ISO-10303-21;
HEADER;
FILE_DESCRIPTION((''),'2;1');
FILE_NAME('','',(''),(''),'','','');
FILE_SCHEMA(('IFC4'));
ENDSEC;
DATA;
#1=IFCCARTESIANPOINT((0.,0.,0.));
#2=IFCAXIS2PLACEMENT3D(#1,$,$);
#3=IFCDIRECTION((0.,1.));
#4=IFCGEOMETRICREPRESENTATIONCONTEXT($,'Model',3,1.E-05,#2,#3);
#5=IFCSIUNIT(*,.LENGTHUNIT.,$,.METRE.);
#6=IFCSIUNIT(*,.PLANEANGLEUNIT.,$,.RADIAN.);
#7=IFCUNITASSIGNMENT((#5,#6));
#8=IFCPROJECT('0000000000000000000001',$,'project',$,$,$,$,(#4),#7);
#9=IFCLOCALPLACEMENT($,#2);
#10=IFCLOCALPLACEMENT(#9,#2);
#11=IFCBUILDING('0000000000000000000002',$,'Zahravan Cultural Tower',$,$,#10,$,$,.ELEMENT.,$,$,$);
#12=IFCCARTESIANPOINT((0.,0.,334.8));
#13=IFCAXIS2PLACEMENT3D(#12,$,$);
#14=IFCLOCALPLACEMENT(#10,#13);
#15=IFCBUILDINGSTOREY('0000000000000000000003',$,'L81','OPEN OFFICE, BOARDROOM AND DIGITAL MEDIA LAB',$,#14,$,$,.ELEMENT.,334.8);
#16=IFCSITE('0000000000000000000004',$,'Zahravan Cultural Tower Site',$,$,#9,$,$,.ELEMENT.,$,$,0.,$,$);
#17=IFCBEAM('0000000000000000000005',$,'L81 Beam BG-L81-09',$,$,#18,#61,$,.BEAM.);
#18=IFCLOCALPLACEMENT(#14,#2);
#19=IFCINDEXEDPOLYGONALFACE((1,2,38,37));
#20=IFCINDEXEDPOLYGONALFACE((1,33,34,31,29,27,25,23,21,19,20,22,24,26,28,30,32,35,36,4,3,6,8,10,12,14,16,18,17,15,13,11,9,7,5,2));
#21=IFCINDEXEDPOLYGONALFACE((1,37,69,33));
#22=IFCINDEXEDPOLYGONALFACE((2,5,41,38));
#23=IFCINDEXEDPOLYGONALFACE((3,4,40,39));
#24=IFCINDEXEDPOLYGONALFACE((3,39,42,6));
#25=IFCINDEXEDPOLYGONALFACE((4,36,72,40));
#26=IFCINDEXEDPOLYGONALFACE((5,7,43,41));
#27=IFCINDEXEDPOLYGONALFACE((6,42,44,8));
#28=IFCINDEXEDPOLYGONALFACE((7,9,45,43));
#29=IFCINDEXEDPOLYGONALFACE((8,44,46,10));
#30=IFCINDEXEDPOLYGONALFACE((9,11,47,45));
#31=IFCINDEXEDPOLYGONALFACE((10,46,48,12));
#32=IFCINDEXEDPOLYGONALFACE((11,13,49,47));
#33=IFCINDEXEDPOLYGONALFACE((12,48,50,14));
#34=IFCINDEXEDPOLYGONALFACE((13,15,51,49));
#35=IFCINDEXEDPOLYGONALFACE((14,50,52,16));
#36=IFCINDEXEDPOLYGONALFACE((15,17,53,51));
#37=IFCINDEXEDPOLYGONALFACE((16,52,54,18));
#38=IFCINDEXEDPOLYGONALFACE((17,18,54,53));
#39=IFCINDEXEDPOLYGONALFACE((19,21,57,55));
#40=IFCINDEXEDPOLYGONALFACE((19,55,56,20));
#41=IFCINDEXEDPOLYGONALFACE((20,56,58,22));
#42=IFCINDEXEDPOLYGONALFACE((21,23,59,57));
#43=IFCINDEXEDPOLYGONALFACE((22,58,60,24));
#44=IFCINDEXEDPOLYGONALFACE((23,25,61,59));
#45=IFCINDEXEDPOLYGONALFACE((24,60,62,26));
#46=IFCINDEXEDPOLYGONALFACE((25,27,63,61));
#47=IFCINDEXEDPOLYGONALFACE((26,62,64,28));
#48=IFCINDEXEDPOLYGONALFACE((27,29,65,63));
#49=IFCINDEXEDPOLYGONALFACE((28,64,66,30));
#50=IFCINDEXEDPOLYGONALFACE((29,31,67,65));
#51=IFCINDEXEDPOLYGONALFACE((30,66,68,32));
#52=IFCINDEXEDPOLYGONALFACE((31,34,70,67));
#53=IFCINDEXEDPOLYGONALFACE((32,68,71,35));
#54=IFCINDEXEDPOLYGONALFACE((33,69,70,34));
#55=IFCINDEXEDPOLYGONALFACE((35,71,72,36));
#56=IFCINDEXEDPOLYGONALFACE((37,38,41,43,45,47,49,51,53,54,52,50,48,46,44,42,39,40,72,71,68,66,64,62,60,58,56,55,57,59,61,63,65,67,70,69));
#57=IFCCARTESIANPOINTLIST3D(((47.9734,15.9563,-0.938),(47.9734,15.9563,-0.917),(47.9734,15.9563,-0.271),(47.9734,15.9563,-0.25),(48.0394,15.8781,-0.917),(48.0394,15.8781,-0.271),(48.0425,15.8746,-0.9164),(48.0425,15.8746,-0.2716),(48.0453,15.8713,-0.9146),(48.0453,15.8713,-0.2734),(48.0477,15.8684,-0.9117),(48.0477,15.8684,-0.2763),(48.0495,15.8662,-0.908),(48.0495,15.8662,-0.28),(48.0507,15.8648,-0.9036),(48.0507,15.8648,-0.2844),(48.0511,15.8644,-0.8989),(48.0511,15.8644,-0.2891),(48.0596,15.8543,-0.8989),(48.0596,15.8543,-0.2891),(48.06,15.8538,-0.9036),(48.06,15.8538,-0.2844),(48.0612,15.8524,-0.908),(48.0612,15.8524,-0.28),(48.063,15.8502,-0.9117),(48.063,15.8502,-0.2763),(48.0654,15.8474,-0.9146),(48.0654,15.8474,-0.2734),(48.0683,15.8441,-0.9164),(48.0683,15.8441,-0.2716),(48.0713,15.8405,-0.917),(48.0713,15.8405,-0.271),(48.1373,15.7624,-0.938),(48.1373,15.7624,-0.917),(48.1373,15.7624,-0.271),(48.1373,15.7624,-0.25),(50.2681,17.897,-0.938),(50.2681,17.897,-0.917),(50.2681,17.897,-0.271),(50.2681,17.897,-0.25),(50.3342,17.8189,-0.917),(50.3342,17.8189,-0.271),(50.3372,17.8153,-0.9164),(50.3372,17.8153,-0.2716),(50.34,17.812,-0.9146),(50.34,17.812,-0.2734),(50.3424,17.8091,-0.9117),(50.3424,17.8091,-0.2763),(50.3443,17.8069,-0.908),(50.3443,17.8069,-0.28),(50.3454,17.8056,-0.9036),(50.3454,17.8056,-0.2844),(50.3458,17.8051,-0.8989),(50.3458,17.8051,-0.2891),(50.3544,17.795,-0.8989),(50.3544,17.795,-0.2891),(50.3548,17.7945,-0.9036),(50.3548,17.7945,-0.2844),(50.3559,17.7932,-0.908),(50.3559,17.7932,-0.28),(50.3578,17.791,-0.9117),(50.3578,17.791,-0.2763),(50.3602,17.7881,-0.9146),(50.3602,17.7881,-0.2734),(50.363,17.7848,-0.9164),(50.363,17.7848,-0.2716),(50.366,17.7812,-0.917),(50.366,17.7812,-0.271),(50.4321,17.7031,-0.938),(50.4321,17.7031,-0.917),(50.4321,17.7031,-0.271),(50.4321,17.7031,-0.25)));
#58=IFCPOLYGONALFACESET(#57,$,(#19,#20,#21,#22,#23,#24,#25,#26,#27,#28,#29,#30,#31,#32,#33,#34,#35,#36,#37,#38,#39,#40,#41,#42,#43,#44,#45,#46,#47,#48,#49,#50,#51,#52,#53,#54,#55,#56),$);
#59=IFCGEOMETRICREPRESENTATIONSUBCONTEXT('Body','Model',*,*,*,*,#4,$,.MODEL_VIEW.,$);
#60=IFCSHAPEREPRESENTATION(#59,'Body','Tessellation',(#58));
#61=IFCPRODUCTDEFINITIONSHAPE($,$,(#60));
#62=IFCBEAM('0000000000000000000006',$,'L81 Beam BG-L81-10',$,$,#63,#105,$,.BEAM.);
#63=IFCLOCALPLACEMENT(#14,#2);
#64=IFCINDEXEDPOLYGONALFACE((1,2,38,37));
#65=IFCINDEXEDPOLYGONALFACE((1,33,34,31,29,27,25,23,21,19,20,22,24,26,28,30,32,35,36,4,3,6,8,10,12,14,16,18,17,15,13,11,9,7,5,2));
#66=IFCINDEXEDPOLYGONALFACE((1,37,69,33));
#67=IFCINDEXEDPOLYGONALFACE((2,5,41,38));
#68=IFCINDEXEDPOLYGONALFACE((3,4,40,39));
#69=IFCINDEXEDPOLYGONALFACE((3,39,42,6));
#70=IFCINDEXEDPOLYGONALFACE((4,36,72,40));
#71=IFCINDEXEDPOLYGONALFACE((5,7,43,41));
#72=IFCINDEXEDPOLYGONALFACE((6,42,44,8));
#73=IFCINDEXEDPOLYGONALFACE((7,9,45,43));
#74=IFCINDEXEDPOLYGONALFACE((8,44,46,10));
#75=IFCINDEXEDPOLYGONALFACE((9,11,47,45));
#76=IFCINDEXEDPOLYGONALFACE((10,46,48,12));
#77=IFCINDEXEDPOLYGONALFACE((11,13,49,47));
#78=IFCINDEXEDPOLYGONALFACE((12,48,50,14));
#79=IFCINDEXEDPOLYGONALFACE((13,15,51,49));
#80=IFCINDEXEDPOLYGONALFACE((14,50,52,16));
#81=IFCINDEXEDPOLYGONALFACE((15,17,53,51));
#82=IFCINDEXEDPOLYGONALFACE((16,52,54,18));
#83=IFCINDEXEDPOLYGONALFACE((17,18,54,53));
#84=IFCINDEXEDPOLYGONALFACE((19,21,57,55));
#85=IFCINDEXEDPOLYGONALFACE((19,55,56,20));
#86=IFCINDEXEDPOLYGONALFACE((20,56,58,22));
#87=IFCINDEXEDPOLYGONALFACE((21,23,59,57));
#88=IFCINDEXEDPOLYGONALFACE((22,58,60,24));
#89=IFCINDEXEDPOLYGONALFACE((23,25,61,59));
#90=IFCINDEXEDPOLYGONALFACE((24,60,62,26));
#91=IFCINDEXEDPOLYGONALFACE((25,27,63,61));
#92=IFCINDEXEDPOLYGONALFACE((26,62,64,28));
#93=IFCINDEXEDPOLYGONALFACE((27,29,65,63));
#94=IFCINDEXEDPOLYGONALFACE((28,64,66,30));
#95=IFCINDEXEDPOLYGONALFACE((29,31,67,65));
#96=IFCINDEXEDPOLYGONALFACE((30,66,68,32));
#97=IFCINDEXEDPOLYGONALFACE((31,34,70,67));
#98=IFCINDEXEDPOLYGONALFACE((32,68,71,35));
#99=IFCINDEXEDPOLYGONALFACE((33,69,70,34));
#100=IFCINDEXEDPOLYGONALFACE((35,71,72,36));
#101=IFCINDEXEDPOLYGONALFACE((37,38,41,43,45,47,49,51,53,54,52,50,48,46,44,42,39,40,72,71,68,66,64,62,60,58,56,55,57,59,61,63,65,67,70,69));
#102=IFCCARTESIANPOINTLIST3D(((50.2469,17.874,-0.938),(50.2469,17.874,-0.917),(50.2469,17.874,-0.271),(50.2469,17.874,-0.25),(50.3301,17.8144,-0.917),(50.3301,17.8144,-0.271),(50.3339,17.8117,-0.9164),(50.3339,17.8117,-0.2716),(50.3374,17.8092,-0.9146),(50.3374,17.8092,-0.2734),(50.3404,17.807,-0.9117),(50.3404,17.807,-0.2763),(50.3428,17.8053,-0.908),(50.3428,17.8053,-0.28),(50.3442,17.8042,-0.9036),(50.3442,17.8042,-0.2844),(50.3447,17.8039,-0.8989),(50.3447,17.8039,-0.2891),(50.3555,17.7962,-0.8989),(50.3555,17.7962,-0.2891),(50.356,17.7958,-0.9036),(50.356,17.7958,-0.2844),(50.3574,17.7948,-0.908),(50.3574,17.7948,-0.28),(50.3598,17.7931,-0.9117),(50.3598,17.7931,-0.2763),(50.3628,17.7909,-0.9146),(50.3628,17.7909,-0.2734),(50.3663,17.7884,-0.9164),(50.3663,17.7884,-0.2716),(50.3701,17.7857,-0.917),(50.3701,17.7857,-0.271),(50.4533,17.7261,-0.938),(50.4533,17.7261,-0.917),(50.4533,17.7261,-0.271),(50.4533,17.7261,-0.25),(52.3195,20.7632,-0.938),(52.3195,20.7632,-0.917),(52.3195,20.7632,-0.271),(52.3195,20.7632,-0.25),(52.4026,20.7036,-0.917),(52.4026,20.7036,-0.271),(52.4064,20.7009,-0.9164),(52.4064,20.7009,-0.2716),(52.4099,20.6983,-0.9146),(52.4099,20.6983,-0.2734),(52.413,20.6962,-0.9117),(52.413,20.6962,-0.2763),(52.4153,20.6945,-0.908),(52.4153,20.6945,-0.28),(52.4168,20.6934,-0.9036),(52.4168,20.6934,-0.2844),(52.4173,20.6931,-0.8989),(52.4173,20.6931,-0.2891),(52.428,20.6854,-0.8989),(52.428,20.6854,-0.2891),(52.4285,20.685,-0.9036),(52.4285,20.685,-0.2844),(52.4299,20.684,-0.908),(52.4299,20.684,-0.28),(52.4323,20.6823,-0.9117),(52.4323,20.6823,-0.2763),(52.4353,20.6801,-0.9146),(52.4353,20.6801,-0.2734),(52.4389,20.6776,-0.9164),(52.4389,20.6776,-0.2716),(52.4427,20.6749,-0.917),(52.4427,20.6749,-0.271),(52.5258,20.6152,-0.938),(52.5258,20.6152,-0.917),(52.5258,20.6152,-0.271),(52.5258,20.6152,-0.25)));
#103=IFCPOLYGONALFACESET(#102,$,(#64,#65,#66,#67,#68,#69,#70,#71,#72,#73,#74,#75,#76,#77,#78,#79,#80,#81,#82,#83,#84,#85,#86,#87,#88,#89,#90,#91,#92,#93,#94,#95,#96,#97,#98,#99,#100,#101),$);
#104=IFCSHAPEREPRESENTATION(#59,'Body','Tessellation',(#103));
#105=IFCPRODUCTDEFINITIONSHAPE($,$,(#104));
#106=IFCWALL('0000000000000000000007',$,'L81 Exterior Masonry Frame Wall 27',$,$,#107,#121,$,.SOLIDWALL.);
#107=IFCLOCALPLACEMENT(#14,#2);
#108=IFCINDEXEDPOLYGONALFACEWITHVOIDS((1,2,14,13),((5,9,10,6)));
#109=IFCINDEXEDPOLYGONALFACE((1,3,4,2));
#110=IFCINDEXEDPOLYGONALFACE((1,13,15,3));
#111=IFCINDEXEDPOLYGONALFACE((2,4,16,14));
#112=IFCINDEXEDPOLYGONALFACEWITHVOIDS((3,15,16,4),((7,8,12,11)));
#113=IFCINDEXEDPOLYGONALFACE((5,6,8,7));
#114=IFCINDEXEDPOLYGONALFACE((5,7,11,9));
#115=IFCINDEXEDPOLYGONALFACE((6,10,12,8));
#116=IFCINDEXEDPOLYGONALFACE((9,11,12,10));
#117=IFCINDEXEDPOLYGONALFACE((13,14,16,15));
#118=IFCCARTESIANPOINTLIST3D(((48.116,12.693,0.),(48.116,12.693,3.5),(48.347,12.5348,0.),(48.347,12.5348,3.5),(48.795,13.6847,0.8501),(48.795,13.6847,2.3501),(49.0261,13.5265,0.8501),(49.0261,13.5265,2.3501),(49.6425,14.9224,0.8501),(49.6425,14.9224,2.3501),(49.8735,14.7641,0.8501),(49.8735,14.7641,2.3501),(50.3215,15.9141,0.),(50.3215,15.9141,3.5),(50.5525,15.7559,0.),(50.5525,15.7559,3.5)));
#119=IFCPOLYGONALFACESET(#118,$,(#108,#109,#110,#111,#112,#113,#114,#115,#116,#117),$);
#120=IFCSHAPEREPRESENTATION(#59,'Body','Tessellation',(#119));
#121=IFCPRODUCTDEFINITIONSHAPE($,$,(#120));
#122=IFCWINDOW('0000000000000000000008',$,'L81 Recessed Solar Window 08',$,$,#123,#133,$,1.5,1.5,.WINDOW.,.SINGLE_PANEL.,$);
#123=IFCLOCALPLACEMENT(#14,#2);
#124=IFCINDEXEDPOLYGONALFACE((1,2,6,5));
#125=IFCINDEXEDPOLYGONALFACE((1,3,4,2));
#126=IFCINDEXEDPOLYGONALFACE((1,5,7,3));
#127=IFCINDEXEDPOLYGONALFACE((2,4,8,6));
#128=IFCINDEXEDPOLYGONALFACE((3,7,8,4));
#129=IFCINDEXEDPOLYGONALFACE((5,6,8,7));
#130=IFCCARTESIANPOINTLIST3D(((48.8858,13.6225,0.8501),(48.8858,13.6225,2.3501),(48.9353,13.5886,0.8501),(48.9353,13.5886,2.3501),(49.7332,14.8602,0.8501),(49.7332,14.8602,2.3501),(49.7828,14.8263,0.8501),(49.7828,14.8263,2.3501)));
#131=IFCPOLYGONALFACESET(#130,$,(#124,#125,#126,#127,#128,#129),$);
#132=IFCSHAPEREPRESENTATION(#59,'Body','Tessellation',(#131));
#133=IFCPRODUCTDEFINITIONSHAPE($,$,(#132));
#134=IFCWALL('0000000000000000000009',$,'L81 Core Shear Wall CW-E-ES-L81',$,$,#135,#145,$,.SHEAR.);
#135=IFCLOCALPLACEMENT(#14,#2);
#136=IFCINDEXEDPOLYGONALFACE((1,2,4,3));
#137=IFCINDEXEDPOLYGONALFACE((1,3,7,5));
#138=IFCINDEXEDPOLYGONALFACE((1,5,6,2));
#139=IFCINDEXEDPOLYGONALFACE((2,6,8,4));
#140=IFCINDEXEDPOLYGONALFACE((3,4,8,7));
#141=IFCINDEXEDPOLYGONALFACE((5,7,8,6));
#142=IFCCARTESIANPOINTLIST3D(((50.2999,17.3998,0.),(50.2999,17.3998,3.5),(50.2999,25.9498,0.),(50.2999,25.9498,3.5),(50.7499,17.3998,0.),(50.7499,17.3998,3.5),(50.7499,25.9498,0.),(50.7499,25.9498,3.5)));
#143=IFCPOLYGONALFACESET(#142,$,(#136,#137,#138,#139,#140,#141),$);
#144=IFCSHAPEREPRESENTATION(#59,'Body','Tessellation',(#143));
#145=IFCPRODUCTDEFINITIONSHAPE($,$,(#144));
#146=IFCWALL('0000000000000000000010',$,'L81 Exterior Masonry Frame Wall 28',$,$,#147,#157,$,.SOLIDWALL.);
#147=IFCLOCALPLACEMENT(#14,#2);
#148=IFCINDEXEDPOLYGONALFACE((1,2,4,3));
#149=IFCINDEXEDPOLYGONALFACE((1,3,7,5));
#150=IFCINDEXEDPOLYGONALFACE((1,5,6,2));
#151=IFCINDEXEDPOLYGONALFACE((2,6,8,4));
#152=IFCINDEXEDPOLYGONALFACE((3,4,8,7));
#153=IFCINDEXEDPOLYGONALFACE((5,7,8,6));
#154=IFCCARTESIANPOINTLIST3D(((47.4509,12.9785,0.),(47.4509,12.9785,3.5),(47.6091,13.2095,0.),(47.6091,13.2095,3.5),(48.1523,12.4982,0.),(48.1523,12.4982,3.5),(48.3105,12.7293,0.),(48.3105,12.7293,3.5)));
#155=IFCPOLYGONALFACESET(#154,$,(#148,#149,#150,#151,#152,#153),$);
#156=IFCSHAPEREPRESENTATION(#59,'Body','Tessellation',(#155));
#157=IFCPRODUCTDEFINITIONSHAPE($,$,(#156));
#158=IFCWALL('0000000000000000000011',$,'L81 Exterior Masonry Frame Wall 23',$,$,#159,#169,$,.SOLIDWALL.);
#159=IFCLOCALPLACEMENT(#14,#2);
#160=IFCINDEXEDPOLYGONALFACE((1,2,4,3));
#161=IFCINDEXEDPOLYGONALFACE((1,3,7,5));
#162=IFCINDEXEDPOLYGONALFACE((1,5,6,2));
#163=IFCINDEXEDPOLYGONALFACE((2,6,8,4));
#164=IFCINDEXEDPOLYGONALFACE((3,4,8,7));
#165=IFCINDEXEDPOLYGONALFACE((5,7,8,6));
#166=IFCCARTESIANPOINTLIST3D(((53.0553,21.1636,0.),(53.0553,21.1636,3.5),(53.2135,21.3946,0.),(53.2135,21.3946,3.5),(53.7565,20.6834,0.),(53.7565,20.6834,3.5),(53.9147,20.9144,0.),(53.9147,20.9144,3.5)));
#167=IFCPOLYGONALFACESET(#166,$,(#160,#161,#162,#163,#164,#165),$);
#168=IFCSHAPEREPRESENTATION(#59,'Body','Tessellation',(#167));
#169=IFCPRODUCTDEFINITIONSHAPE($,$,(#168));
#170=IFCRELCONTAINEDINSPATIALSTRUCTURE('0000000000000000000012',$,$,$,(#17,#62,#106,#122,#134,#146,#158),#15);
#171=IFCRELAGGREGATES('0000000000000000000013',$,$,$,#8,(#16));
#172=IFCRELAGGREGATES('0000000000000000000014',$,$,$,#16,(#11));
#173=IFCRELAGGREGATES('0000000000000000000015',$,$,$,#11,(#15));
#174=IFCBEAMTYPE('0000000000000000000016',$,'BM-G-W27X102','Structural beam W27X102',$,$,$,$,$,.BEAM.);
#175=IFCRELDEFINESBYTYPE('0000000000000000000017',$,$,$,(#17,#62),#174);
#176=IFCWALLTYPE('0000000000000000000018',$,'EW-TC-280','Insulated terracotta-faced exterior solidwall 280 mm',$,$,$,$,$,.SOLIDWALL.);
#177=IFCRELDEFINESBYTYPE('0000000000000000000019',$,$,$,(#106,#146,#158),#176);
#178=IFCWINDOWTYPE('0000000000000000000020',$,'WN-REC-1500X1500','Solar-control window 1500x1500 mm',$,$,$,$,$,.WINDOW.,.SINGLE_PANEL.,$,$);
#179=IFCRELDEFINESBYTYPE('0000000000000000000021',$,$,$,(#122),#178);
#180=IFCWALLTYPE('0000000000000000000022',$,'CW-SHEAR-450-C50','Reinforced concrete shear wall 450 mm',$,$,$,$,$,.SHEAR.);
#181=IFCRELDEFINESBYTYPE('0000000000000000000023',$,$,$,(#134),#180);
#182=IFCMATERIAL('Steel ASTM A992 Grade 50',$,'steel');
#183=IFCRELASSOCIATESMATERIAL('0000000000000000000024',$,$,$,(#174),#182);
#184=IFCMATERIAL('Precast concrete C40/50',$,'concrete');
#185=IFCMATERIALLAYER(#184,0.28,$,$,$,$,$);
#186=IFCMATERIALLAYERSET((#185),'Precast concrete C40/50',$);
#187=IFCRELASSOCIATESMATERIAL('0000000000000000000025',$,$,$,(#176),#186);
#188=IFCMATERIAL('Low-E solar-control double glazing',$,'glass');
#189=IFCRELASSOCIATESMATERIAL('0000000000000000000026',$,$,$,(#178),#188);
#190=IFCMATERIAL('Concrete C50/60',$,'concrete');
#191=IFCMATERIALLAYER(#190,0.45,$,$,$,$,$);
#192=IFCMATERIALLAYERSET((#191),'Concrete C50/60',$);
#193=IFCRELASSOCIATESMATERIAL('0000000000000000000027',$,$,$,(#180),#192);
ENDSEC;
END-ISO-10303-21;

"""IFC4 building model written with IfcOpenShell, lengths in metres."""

from ifc_helpers import new_model, si_unit, direction, frame, frame_2d, origin, origin_2d, place, context, subcontext, project, spatial, rectangle, i_section, extrude, source, transform, mapped, material, layer, layer_set, material_profile, profile_set, type_object, element, fill, save


model = new_model("IFC4")

# Units and contexts
model_context = context("Model", 3, precision=1e-05, world=origin(), true_north=direction((0.0, 1.0)))
body_context = subcontext(model_context, "Body", "Model", "MODEL_VIEW")
ifc_project = project(units=[si_unit("LENGTHUNIT", "METRE"), si_unit("PLANEANGLEUNIT", "RADIAN")], contexts=[model_context])

# Site, building, storey
site_placement = place(None, origin())
site = spatial("IfcSite", under=ifc_project, at=site_placement, Name="Zahravan Cultural Tower Site", CompositionType="ELEMENT", RefElevation=0.0)
building_placement = place(site_placement, origin())
building = spatial("IfcBuilding", under=site, at=building_placement, Name="Zahravan Cultural Tower", CompositionType="ELEMENT")
storey_placement = place(building_placement, frame((0.0, 0.0, 334.8)))
storey = spatial("IfcBuildingStorey", under=building, at=storey_placement, Name="L81", Description="OPEN OFFICE, BOARDROOM AND DIGITAL MEDIA LAB", CompositionType="ELEMENT", Elevation=334.8)

# Shared definitions
ifc_material_1 = material(Name="Concrete C50/60", Category="concrete")
ifc_material_2 = material(Name="Steel ASTM A992 Grade 50", Category="steel")

# Beams
ifc_material_profile_1 = material_profile(ifc_material_2, i_section(OverallWidth=0.2539, OverallDepth=0.688, WebThickness=0.0132, FlangeThickness=0.021, FilletRadius=0.0181, at=origin_2d()), Name="W27X102")
ifc_profile_set_1 = profile_set([ifc_material_profile_1], Name="Steel ASTM A992 Grade 50")
beam_type_1 = type_object("IfcBeamType", Name="BM-G-W27X102", Description="Structural beam W27X102", PredefinedType="BEAM", material=ifc_profile_set_1)
shared_shape_1 = source(origin(), body_context, "Body", "SweptSolid", [
    extrude(i_section(OverallWidth=0.2539, OverallDepth=0.688, WebThickness=0.0132, FlangeThickness=0.021, FilletRadius=0.0181, at=origin_2d()), origin(), (0.0, 0.0, 1.0), 3.0054),
])
beam_1_placement = place(storey_placement, frame((50.3501, 17.8, -0.594), z_axis=(-0.763546, -0.645753, 0.0), x_axis=(0.645753, -0.763546, 0.0)))
element("IfcBeam", 1, at=beam_1_placement, inside=storey, type_object=beam_type_1, Name="L81 Beam BG-L81-09", PredefinedType="BEAM", context=body_context, shape_type="MappedRepresentation", body=[
    mapped(shared_shape_1, transform((0.0, 0.0, 0.0), x_axis=(1.0, 0.0, 0.0), y_axis=(0.0, 1.0, 0.0), z_axis=(0.0, 0.0, 1.0), scale=1.0)),
])
shared_shape_2 = source(origin(), body_context, "Body", "SweptSolid", [
    extrude(i_section(OverallWidth=0.2539, OverallDepth=0.688, WebThickness=0.0132, FlangeThickness=0.021, FilletRadius=0.0181, at=origin_2d()), origin(), (0.0, 0.0, 1.0), 3.5557),
])
beam_2_placement = place(storey_placement, frame((50.3501, 17.8, -0.594), z_axis=(0.58288, 0.812558, 0.0), x_axis=(-0.812558, 0.58288, 0.0)))
element("IfcBeam", 2, at=beam_2_placement, inside=storey, type_object=beam_type_1, Name="L81 Beam BG-L81-10", PredefinedType="BEAM", context=body_context, shape_type="MappedRepresentation", body=[
    mapped(shared_shape_2, transform((0.0, 0.0, 0.0), x_axis=(1.0, 0.0, 0.0), y_axis=(0.0, 1.0, 0.0), z_axis=(0.0, 0.0, 1.0), scale=1.0)),
])

# Wall, opening, window
ifc_material_3 = material(Name="Precast concrete C40/50", Category="concrete")
ifc_layer_1 = layer(ifc_material_3, 0.28)
ifc_layer_set_1 = layer_set([ifc_layer_1], Name="Precast concrete C40/50")
wall_type_1 = type_object("IfcWallType", Name="EW-TC-280", Description="Insulated terracotta-faced exterior solidwall 280 mm", PredefinedType="SOLIDWALL", material=ifc_layer_set_1)
wall_1_placement = place(storey_placement, frame((50.437, 15.835, 0.0), z_axis=(0.0, 0.0, 1.0), x_axis=(-0.564962, -0.825117, 0.0)))
wall_1 = element("IfcWall", 3, at=wall_1_placement, inside=storey, type_object=wall_type_1, Name="L81 Exterior Masonry Frame Wall 27", PredefinedType="SOLIDWALL", context=body_context, shape_type="SweptSolid", body=[
    extrude(rectangle(XDim=3.9038, YDim=0.28, at=frame_2d((1.9519, 0.0))), origin(), (0.0, 0.0, 1.0), 3.5),
])
opening_placement = place(wall_1_placement, frame((1.2019, 0.0, 0.8501)))
opening = element("IfcOpeningElement", 4, at=opening_placement, cuts=wall_1, PredefinedType="OPENING", context=body_context, shape_type="SweptSolid", body=[
    extrude(rectangle(XDim=1.5, YDim=1.5, at=frame_2d((0.75, 0.75))), frame((0.0, 0.1499, 0.0), z_axis=(0.0, -1.0, 0.0), x_axis=(1.0, 0.0, 0.0)), (0.0, 0.0, 1.0), 0.3),
])
ifc_material_4 = material(Name="Low-E solar-control double glazing", Category="glass")
window_type = type_object("IfcWindowType", Name="WN-REC-1500X1500", Description="Solar-control window 1500x1500 mm", PartitioningType="SINGLE_PANEL", PredefinedType="WINDOW", material=ifc_material_4)
shared_shape_3 = source(origin(), body_context, "Body", "SweptSolid", [
    extrude(rectangle(XDim=1.5, YDim=1.5, at=frame_2d((0.75, 0.75))), frame((0.0, 0.03, 0.0), z_axis=(0.0, -1.0, 0.0), x_axis=(1.0, 0.0, 0.0)), (0.0, 0.0, 1.0), 0.0601),
])
window_placement = place(opening_placement, origin())
window = element("IfcWindow", 5, at=window_placement, inside=storey, type_object=window_type, Name="L81 Recessed Solar Window 08", OverallHeight=1.5, OverallWidth=1.5, PartitioningType="SINGLE_PANEL", PredefinedType="WINDOW", context=body_context, shape_type="MappedRepresentation", body=[
    mapped(shared_shape_3, transform((0.0, 0.0, 0.0), x_axis=(1.0, 0.0, 0.0), y_axis=(0.0, 1.0, 0.0), z_axis=(0.0, 0.0, 1.0), scale=1.0)),
])
fill(opening, window)

# Walls
ifc_layer_2 = layer(ifc_material_1, 0.45)
ifc_layer_set_2 = layer_set([ifc_layer_2], Name="Concrete C50/60")
wall_type_2 = type_object("IfcWallType", Name="CW-SHEAR-450-C50", Description="Reinforced concrete shear wall 450 mm", PredefinedType="SHEAR", material=ifc_layer_set_2)
shared_shape_4 = source(origin(), body_context, "Body", "SweptSolid", [
    extrude(rectangle(XDim=8.55, YDim=0.45, at=frame_2d((4.2749, 0.0))), origin(), (0.0, 0.0, 1.0), 3.5),
])
wall_2_placement = place(storey_placement, frame((50.5249, 17.3999, 0.0), z_axis=(0.0, 0.0, 1.0), x_axis=(0.0, 1.0, 0.0)))
element("IfcWall", 6, at=wall_2_placement, inside=storey, type_object=wall_type_2, Name="L81 Core Shear Wall CW-E-ES-L81", PredefinedType="SHEAR", context=body_context, shape_type="MappedRepresentation", body=[
    mapped(shared_shape_4, transform((0.0, 0.0, 0.0), x_axis=(1.0, 0.0, 0.0), y_axis=(0.0, 1.0, 0.0), z_axis=(0.0, 0.0, 1.0), scale=1.0)),
])
shared_shape_5 = source(origin(), body_context, "Body", "SweptSolid", [
    extrude(rectangle(XDim=0.8501, YDim=0.28, at=frame_2d((0.425, 0.0))), origin(), (0.0, 0.0, 1.0), 3.5),
])
wall_3_placement = place(storey_placement, frame((48.2314, 12.6138, 0.0), z_axis=(0.0, 0.0, 1.0), x_axis=(-0.825138, 0.564931, 0.0)))
element("IfcWall", 7, at=wall_3_placement, inside=storey, type_object=wall_type_1, Name="L81 Exterior Masonry Frame Wall 28", PredefinedType="SOLIDWALL", context=body_context, shape_type="MappedRepresentation", body=[
    mapped(shared_shape_5, transform((0.0, 0.0, 0.0), x_axis=(1.0, 0.0, 0.0), y_axis=(0.0, 1.0, 0.0), z_axis=(0.0, 0.0, 1.0), scale=1.0)),
])
shared_shape_6 = source(origin(), body_context, "Body", "SweptSolid", [
    extrude(rectangle(XDim=0.8499, YDim=0.28, at=frame_2d((0.4248, 0.0))), origin(), (0.0, 0.0, 1.0), 3.5),
])
wall_4_placement = place(storey_placement, frame((53.1345, 21.2791, 0.0), z_axis=(0.0, 0.0, 1.0), x_axis=(0.825046, -0.565065, 0.0)))
element("IfcWall", 8, at=wall_4_placement, inside=storey, type_object=wall_type_1, Name="L81 Exterior Masonry Frame Wall 23", PredefinedType="SOLIDWALL", context=body_context, shape_type="MappedRepresentation", body=[
    mapped(shared_shape_6, transform((0.0, 0.0, 0.0), x_axis=(1.0, 0.0, 0.0), y_axis=(0.0, 1.0, 0.0), z_axis=(0.0, 0.0, 1.0), scale=1.0)),
])

save(model, "model.ifc")
